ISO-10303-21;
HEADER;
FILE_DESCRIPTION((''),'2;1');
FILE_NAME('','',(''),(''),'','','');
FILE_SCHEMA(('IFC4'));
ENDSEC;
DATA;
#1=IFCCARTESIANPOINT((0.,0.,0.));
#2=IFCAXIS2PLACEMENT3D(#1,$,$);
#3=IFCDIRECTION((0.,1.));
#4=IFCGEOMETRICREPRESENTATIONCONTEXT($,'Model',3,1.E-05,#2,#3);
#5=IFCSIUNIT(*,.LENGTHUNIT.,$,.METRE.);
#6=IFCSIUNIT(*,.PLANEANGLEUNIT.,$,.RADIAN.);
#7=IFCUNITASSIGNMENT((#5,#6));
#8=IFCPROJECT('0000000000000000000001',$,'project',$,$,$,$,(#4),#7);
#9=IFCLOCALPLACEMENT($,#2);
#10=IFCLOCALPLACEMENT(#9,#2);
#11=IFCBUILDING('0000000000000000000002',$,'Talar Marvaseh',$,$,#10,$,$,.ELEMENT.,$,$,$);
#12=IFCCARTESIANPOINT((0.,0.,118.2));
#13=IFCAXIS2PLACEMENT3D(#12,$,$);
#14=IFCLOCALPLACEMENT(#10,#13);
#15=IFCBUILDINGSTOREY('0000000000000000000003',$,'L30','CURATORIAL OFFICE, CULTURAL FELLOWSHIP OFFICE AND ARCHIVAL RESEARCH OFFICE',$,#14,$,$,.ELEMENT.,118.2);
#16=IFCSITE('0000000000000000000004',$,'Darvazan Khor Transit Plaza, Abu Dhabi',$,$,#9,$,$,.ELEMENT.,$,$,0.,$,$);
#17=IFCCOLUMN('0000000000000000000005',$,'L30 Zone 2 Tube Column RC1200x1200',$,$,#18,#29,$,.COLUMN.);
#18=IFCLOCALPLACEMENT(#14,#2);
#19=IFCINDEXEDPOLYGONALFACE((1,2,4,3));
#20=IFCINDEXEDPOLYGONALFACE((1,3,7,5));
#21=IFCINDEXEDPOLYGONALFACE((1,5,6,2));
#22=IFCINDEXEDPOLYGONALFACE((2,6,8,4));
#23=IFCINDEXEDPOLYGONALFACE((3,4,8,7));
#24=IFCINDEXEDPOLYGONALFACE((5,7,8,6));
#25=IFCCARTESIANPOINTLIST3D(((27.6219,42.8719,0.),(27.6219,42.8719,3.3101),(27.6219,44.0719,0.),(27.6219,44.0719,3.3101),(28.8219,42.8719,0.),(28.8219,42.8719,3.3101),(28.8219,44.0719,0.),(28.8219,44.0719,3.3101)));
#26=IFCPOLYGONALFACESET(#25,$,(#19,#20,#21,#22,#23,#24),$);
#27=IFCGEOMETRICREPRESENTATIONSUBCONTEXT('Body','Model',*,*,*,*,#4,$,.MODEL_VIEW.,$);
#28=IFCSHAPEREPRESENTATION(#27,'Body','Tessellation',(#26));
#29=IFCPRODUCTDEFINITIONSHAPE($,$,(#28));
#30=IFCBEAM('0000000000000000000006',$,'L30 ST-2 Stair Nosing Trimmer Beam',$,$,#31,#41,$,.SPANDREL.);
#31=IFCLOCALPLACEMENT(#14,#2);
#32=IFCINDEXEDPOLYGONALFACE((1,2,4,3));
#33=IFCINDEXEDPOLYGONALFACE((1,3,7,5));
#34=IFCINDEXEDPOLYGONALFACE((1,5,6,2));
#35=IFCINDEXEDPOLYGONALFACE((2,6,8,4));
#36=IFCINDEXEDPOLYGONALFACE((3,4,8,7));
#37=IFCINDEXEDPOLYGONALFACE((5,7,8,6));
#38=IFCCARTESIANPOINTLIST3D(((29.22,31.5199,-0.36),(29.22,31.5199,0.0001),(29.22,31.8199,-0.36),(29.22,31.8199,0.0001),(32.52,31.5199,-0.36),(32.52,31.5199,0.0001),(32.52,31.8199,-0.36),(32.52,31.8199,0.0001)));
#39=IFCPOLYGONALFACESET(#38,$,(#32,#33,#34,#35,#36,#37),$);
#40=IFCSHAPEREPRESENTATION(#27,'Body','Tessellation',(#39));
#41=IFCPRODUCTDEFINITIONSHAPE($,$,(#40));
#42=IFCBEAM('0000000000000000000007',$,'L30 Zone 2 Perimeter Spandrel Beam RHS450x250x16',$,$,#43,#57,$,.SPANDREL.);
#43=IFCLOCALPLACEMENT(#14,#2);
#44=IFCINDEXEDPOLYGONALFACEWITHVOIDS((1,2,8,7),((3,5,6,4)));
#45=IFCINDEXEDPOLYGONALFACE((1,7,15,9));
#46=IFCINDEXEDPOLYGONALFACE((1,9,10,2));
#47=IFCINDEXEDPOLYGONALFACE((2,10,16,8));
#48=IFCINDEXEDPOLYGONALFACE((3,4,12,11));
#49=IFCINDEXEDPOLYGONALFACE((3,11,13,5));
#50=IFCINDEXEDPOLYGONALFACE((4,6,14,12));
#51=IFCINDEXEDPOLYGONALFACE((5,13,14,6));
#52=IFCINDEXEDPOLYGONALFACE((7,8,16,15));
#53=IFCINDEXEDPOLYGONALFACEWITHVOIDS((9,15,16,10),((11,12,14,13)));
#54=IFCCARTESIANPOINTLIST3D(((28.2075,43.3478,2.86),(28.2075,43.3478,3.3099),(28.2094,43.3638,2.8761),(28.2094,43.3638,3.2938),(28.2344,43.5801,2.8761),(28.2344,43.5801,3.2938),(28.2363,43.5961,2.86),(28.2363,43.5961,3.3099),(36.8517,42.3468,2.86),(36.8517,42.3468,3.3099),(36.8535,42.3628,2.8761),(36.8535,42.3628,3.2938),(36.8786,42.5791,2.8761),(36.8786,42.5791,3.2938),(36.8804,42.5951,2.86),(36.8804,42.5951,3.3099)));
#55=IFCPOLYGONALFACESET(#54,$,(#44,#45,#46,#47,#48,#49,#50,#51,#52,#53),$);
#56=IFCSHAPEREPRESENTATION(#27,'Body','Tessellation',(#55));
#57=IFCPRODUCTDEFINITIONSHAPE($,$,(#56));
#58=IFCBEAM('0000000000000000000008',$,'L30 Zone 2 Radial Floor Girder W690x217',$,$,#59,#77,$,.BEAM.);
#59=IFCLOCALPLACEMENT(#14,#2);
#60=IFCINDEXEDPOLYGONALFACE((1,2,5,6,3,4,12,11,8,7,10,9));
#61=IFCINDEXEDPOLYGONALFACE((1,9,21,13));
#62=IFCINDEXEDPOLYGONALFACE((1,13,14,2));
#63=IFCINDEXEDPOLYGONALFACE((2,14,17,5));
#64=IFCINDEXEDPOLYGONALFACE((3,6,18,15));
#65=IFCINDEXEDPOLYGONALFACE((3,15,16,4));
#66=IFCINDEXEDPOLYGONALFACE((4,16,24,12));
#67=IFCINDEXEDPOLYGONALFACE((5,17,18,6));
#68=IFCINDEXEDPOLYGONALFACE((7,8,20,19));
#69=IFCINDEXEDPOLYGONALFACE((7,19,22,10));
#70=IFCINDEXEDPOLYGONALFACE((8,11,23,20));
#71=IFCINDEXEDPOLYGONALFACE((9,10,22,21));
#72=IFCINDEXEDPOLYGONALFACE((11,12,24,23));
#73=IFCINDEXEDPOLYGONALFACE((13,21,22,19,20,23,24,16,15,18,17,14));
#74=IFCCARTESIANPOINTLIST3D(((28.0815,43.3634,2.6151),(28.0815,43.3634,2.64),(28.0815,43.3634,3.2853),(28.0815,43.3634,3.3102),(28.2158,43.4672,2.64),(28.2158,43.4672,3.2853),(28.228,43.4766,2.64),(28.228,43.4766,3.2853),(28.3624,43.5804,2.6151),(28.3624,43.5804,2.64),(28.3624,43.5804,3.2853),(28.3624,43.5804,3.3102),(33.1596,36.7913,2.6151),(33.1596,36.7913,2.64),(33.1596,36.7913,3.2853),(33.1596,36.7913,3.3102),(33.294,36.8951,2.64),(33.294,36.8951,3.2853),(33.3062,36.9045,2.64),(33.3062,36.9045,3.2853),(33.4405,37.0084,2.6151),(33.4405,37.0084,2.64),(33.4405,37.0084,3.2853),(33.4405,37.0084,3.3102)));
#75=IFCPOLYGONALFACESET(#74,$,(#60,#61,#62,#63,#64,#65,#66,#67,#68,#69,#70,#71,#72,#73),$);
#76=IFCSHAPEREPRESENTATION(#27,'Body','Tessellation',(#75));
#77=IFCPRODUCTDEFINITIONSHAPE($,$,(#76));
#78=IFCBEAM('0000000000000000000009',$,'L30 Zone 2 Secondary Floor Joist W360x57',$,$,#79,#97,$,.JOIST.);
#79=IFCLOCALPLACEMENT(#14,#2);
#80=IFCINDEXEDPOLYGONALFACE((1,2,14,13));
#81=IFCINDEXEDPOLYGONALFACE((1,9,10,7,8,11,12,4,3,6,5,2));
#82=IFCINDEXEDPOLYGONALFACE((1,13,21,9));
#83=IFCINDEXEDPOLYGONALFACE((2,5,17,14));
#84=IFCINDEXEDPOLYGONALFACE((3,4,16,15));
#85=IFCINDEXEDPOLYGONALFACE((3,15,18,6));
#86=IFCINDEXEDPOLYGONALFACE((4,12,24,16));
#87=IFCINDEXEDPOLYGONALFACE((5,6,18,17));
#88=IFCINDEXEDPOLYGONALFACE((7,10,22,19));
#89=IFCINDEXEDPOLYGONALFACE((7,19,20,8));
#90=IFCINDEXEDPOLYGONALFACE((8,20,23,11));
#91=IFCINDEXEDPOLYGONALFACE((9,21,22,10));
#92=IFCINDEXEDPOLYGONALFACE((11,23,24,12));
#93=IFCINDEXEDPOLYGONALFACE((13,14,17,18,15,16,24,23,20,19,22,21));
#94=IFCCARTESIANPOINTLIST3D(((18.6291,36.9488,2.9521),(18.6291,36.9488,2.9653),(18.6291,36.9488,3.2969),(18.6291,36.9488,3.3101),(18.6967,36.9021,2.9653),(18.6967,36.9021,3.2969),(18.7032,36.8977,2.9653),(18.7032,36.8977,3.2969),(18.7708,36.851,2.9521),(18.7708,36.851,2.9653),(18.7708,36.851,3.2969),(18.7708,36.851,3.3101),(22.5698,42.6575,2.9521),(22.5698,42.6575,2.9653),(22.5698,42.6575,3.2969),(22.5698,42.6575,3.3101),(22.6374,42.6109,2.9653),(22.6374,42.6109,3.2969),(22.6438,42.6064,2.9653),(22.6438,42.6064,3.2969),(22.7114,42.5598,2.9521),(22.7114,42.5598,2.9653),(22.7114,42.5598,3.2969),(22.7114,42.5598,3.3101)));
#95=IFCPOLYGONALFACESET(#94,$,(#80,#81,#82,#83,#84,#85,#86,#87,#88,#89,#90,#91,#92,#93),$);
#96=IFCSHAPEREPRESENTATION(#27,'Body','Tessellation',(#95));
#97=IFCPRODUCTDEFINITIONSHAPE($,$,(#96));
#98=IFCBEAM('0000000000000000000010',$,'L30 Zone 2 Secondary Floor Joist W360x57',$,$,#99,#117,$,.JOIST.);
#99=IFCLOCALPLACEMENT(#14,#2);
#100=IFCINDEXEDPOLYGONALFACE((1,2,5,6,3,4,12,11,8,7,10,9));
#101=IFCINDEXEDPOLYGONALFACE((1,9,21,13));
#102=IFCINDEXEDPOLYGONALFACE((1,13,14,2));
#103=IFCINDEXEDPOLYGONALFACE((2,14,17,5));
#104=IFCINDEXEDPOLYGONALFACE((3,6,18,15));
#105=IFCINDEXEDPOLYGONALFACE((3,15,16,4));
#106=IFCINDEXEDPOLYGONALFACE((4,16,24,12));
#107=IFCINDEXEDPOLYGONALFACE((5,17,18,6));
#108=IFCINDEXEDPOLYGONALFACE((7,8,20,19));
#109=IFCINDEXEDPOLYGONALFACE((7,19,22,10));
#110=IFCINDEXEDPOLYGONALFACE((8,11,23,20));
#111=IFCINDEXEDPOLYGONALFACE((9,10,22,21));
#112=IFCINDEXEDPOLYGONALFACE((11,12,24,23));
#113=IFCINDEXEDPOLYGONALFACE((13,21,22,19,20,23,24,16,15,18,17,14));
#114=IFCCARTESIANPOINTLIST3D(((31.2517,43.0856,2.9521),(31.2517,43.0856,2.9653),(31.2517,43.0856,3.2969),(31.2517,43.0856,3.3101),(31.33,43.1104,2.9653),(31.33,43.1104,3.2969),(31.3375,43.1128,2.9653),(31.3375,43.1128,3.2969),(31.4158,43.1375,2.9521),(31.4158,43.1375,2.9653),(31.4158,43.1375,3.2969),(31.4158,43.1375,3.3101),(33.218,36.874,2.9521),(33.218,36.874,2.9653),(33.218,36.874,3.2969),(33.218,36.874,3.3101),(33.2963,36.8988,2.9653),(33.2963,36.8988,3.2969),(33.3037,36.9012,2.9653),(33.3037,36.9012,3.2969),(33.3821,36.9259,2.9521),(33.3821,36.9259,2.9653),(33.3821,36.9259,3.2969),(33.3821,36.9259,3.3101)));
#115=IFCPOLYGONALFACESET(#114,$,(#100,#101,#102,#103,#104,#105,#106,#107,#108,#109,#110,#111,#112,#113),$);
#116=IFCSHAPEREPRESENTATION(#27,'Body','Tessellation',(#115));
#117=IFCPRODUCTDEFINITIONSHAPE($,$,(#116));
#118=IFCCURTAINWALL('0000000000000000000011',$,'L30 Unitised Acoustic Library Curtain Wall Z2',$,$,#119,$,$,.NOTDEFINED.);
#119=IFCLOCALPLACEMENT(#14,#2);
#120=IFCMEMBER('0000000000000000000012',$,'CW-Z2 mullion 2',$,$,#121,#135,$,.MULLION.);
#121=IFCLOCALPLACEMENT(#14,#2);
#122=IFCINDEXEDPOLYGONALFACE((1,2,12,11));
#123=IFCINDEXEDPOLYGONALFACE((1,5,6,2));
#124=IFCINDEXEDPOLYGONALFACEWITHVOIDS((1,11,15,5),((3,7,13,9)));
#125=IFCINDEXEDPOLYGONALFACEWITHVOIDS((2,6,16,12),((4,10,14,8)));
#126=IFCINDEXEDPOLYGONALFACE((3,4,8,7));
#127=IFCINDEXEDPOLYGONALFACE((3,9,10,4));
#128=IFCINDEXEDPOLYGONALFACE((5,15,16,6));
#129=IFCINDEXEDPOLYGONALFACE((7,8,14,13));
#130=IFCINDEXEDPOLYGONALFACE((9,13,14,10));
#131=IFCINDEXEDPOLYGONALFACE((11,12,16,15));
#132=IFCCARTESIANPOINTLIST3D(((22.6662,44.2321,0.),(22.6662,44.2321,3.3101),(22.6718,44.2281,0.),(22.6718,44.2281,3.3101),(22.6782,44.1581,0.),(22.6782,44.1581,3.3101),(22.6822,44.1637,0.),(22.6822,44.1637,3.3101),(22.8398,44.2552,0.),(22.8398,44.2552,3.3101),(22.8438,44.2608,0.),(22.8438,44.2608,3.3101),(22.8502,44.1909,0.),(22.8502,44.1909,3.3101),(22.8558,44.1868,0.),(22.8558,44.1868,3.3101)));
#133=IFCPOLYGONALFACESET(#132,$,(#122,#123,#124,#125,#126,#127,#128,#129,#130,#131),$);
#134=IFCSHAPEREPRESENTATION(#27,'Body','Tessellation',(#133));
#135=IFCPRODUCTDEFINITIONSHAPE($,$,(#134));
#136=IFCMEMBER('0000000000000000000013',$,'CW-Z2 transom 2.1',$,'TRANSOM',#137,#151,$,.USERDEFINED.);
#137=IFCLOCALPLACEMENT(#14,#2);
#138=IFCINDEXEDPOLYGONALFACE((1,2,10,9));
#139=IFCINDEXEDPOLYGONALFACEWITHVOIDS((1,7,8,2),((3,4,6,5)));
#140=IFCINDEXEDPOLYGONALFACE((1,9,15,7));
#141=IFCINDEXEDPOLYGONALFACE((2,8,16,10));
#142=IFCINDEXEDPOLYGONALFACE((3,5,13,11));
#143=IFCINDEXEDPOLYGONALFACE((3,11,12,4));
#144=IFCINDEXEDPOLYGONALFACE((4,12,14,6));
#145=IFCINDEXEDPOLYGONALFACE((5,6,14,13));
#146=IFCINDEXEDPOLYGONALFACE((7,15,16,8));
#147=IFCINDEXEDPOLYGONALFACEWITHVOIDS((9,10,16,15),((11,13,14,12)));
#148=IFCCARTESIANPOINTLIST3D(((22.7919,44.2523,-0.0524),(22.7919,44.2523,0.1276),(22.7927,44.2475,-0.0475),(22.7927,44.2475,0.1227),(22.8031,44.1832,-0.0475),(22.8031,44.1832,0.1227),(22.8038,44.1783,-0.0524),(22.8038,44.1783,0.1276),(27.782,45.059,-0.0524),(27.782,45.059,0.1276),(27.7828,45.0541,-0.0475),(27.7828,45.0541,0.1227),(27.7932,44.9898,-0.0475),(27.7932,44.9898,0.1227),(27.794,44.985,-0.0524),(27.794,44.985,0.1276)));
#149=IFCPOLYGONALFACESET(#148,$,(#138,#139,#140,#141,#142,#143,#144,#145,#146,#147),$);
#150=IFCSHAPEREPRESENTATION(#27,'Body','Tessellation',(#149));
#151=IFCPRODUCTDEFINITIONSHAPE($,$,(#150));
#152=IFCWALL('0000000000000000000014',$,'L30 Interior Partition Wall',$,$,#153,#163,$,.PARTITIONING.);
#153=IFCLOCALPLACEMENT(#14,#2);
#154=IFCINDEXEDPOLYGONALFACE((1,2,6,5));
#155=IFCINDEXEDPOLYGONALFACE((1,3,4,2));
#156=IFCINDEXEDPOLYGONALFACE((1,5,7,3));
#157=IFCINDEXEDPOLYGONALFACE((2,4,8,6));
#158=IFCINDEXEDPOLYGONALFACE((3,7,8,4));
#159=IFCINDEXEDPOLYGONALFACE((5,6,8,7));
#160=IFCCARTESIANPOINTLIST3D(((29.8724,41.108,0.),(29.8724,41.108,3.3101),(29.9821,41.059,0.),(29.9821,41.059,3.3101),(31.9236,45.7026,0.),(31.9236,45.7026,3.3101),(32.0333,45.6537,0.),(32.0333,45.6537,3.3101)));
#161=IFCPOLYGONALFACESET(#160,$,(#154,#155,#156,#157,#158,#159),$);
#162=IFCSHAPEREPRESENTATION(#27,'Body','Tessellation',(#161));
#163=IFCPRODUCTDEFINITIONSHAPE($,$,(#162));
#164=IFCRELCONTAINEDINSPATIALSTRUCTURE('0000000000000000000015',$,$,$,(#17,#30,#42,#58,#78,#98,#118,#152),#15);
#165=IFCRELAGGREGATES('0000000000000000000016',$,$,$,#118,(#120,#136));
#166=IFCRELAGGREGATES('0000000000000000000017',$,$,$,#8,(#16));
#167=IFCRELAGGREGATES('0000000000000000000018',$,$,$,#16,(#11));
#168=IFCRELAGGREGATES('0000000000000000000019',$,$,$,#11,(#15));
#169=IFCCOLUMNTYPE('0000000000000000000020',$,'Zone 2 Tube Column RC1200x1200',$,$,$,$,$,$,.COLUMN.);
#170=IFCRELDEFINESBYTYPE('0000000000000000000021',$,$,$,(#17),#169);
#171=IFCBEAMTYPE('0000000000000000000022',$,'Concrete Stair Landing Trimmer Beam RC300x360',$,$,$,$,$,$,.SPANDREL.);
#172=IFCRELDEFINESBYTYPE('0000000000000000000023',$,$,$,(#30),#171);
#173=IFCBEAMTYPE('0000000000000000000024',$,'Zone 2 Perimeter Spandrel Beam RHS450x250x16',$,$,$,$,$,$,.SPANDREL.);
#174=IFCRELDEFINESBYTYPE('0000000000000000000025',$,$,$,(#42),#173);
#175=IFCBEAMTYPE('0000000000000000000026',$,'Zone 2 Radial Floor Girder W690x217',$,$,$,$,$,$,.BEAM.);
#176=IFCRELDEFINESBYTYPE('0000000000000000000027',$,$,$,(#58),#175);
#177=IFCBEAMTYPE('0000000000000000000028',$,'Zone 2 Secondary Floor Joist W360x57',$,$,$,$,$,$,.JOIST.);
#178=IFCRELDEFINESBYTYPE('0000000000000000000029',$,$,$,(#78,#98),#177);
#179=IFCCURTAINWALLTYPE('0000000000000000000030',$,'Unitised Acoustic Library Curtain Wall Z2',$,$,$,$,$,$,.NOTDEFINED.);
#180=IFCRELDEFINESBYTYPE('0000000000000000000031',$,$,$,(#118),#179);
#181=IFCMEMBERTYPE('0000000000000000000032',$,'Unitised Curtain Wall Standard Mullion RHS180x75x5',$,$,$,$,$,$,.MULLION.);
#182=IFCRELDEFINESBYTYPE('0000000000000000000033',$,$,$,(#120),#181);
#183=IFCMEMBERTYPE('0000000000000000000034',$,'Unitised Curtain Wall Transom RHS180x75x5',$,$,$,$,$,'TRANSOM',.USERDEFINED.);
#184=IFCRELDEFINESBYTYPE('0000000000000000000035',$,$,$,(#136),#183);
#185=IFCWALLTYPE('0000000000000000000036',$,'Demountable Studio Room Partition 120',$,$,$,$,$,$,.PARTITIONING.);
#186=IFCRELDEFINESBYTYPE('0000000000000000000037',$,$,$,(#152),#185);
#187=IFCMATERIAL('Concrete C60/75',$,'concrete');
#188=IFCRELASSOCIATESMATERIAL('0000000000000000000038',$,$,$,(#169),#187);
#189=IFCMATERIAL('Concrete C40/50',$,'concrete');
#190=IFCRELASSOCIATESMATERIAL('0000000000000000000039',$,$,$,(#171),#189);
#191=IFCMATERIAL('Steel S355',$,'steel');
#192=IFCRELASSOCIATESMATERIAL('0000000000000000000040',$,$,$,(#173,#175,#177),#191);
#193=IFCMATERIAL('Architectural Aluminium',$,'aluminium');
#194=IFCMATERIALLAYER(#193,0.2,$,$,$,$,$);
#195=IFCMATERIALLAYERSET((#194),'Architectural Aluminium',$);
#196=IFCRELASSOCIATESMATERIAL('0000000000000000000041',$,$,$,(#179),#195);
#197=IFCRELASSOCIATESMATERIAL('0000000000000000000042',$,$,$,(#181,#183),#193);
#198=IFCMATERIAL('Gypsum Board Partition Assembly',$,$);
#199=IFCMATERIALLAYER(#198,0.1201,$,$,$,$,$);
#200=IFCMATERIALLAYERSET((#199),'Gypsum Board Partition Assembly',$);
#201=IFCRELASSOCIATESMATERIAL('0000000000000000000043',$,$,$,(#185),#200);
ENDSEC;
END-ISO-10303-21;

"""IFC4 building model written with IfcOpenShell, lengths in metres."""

from ifc_helpers import new_model, si_unit, direction, frame, frame_2d, origin, origin_2d, place, context, subcontext, project, spatial, rectangle, hollow_rectangle, i_section, extrude, source, transform, mapped, material, layer, layer_set, material_profile, profile_set, type_object, type_shapes, element, aggregate, save


model = new_model("IFC4")

# Units and contexts
model_context = context("Model", 3, precision=1e-05, world=origin(), true_north=direction((0.0, 1.0)))
body_context = subcontext(model_context, "Body", "Model", "MODEL_VIEW")
ifc_project = project(units=[si_unit("LENGTHUNIT", "METRE"), si_unit("PLANEANGLEUNIT", "RADIAN")], contexts=[model_context])

# Site, building, storey
site_placement = place(None, origin())
site = spatial("IfcSite", under=ifc_project, at=site_placement, Name="Darvazan Khor Transit Plaza, Abu Dhabi", CompositionType="ELEMENT", RefElevation=0.0)
building_placement = place(site_placement, origin())
building = spatial("IfcBuilding", under=site, at=building_placement, Name="Talar Marvaseh", CompositionType="ELEMENT")
storey_placement = place(building_placement, frame((0.0, 0.0, 118.2)))
storey = spatial("IfcBuildingStorey", under=building, at=storey_placement, Name="L30", Description="CURATORIAL OFFICE, CULTURAL FELLOWSHIP OFFICE AND ARCHIVAL RESEARCH OFFICE", CompositionType="ELEMENT", Elevation=118.2)

# Column
ifc_material_1 = material(Name="Concrete C60/75", Category="concrete")
ifc_material_profile_1 = material_profile(ifc_material_1, rectangle(XDim=1.2, YDim=1.2, at=origin_2d()), Name="RC1200x1200")
ifc_profile_set_1 = profile_set([ifc_material_profile_1], Name="Concrete C60/75")
column_type = type_object("IfcColumnType", Name="Zone 2 Tube Column RC1200x1200", PredefinedType="COLUMN", material=ifc_profile_set_1)
column_placement = place(storey_placement, frame((28.2219, 43.4719, 0.0), z_axis=(0.0, 0.0, 1.0), x_axis=(1.0, 0.0, 0.0)))
element("IfcColumn", 1, at=column_placement, inside=storey, type_object=column_type, Name="L30 Zone 2 Tube Column RC1200x1200", PredefinedType="COLUMN", context=body_context, shape_type="SweptSolid", body=[
    extrude(rectangle(XDim=1.2, YDim=1.2, at=origin_2d()), origin(), (0.0, 0.0, 1.0), 3.3101),
])

# Beams
ifc_material_2 = material(Name="Concrete C40/50", Category="concrete")
ifc_material_profile_2 = material_profile(ifc_material_2, rectangle(XDim=0.3, YDim=0.3601, at=origin_2d()), Name="RC300x360")
ifc_profile_set_2 = profile_set([ifc_material_profile_2], Name="Concrete C40/50")
beam_type_1 = type_object("IfcBeamType", Name="Concrete Stair Landing Trimmer Beam RC300x360", PredefinedType="SPANDREL", material=ifc_profile_set_2)
beam_1_placement = place(storey_placement, frame((29.22, 31.6699, -0.1799), z_axis=(1.0, 0.0, 0.0), x_axis=(0.0, 1.0, 0.0)))
element("IfcBeam", 2, at=beam_1_placement, inside=storey, type_object=beam_type_1, Name="L30 ST-2 Stair Nosing Trimmer Beam", PredefinedType="SPANDREL", context=body_context, shape_type="SweptSolid", body=[
    extrude(rectangle(XDim=0.3, YDim=0.3601, at=origin_2d()), origin(), (0.0, 0.0, 1.0), 3.3),
])
ifc_material_3 = material(Name="Steel S355", Category="steel")
ifc_material_profile_3 = material_profile(ifc_material_3, hollow_rectangle(XDim=0.25, YDim=0.45, WallThickness=0.0161, at=origin_2d()), Name="RHS450x250x16")
ifc_profile_set_3 = profile_set([ifc_material_profile_3], Name="Steel S355")
beam_type_2 = type_object("IfcBeamType", Name="Zone 2 Perimeter Spandrel Beam RHS450x250x16", PredefinedType="SPANDREL", material=ifc_profile_set_3)
beam_2_placement = place(storey_placement, frame((28.2219, 43.4719, 3.085), z_axis=(0.993362, -0.115031, 0.0), x_axis=(0.115031, 0.993362, 0.0)))
element("IfcBeam", 3, at=beam_2_placement, inside=storey, type_object=beam_type_2, Name="L30 Zone 2 Perimeter Spandrel Beam RHS450x250x16", PredefinedType="SPANDREL", context=body_context, shape_type="SweptSolid", body=[
    extrude(hollow_rectangle(XDim=0.25, YDim=0.45, WallThickness=0.0161, at=origin_2d()), origin(), (0.0, 0.0, 1.0), 8.7019),
])
ifc_material_profile_4 = material_profile(ifc_material_3, i_section(OverallWidth=0.355, OverallDepth=0.6951, WebThickness=0.0154, FlangeThickness=0.0249, at=origin_2d()), Name="W690x217")
ifc_profile_set_4 = profile_set([ifc_material_profile_4], Name="Steel S355")
beam_type_3 = type_object("IfcBeamType", Name="Zone 2 Radial Floor Girder W690x217", PredefinedType="BEAM", material=ifc_profile_set_4)
beam_3_placement = place(storey_placement, frame((28.2219, 43.4719, 2.9626), z_axis=(0.611428, -0.7913, 0.0), x_axis=(0.7913, 0.611428, 0.0)))
element("IfcBeam", 4, at=beam_3_placement, inside=storey, type_object=beam_type_3, Name="L30 Zone 2 Radial Floor Girder W690x217", PredefinedType="BEAM", context=body_context, shape_type="SweptSolid", body=[
    extrude(i_section(OverallWidth=0.355, OverallDepth=0.6951, WebThickness=0.0154, FlangeThickness=0.0249, at=origin_2d()), origin(), (0.0, 0.0, 1.0), 8.3054),
])
ifc_material_profile_5 = material_profile(ifc_material_3, i_section(OverallWidth=0.1721, OverallDepth=0.3579, WebThickness=0.0078, FlangeThickness=0.0132, at=origin_2d()), Name="W360x57")
ifc_profile_set_5 = profile_set([ifc_material_profile_5], Name="Steel S355")
beam_type_4 = type_object("IfcBeamType", Name="Zone 2 Secondary Floor Joist W360x57", PredefinedType="JOIST", material=ifc_profile_set_5)
beam_4_placement = place(storey_placement, frame((22.6406, 42.6086, 3.1311), z_axis=(-0.568086, -0.822969, 0.0), x_axis=(0.822969, -0.568086, 0.0)))
element("IfcBeam", 5, at=beam_4_placement, inside=storey, type_object=beam_type_4, Name="L30 Zone 2 Secondary Floor Joist W360x57", PredefinedType="JOIST", context=body_context, shape_type="SweptSolid", body=[
    extrude(i_section(OverallWidth=0.1721, OverallDepth=0.3579, WebThickness=0.0078, FlangeThickness=0.0132, at=origin_2d()), origin(), (0.0, 0.0, 1.0), 6.9368),
])
beam_5_placement = place(storey_placement, frame((31.3337, 43.1116, 3.1311), z_axis=(0.301791, -0.953374, 0.0), x_axis=(0.953374, 0.301791, 0.0)))
element("IfcBeam", 6, at=beam_5_placement, inside=storey, type_object=beam_type_4, Name="L30 Zone 2 Secondary Floor Joist W360x57", PredefinedType="JOIST", context=body_context, shape_type="SweptSolid", body=[
    extrude(i_section(OverallWidth=0.1721, OverallDepth=0.3579, WebThickness=0.0078, FlangeThickness=0.0132, at=origin_2d()), origin(), (0.0, 0.0, 1.0), 6.5154),
])

# Curtain wall, members
ifc_material_4 = material(Name="Architectural Aluminium", Category="aluminium")
ifc_layer_1 = layer(ifc_material_4, 0.2)
ifc_layer_set_1 = layer_set([ifc_layer_1], Name="Architectural Aluminium")
curtain_wall_type = type_object("IfcCurtainWallType", Name="Unitised Acoustic Library Curtain Wall Z2", PredefinedType="NOTDEFINED", material=ifc_layer_set_1)
curtain_wall_placement = place(storey_placement, origin())
curtain_wall = element("IfcCurtainWall", 7, at=curtain_wall_placement, inside=storey, type_object=curtain_wall_type, Name="L30 Unitised Acoustic Library Curtain Wall Z2", PredefinedType="NOTDEFINED")
ifc_material_profile_6 = material_profile(ifc_material_4, hollow_rectangle(XDim=0.075, YDim=0.1799, WallThickness=0.0049, at=origin_2d()), Name="RHS180x75x5")
ifc_profile_set_6 = profile_set([ifc_material_profile_6], Name="Architectural Aluminium")
member_type_1 = type_object("IfcMemberType", Name="Unitised Curtain Wall Standard Mullion RHS180x75x5", PredefinedType="MULLION", material=ifc_profile_set_6)
shared_shape_1 = source(origin(), body_context, "Body", "SweptSolid", [
    extrude(hollow_rectangle(XDim=0.075, YDim=0.1799, WallThickness=0.0049, at=origin_2d()), origin(), (0.0, 0.0, 1.0), 3.3101),
])
type_shapes(member_type_1, [shared_shape_1])
member_1_placement = place(storey_placement, frame((22.761, 44.2095, 0.0), z_axis=(0.0, 0.0, 1.0), x_axis=(-0.15957, 0.987187, 0.0)))
member_1 = element("IfcMember", 8, at=member_1_placement, type_object=member_type_1, Name="CW-Z2 mullion 2", PredefinedType="MULLION", context=body_context, shape_type="MappedRepresentation", body=[
    mapped(shared_shape_1, transform((0.0, 0.0, 0.0), x_axis=(1.0, 0.0, 0.0), y_axis=(0.0, 1.0, 0.0), z_axis=(0.0, 0.0, 1.0), scale=1.0)),
])
ifc_material_profile_7 = material_profile(ifc_material_4, hollow_rectangle(XDim=0.075, YDim=0.1799, WallThickness=0.0049, at=origin_2d()), Name="RHS180x75x5")
ifc_profile_set_7 = profile_set([ifc_material_profile_7], Name="Architectural Aluminium")
member_type_2 = type_object("IfcMemberType", Name="Unitised Curtain Wall Transom RHS180x75x5", ElementType="TRANSOM", PredefinedType="USERDEFINED", material=ifc_profile_set_7)
shared_shape_2 = source(origin(), body_context, "Body", "SweptSolid", [
    extrude(hollow_rectangle(XDim=0.075, YDim=0.1799, WallThickness=0.0049, at=origin_2d()), origin(), (0.0, 0.0, 1.0), 5.0549),
])
type_shapes(member_type_2, [shared_shape_2])
member_2_placement = place(storey_placement, frame((22.7979, 44.2153, 0.0376), z_axis=(0.987186, 0.159573, 0.0), x_axis=(-0.159573, 0.987186, 0.0)))
member_2 = element("IfcMember", 9, at=member_2_placement, type_object=member_type_2, Name="CW-Z2 transom 2.1", ObjectType="TRANSOM", PredefinedType="USERDEFINED", context=body_context, shape_type="MappedRepresentation", body=[
    mapped(shared_shape_2, transform((0.0, 0.0, 0.0), x_axis=(1.0, 0.0, 0.0), y_axis=(0.0, 1.0, 0.0), z_axis=(0.0, 0.0, 1.0), scale=1.0)),
])
aggregate(curtain_wall, [member_1, member_2])

# Wall
ifc_material_5 = material(Name="Gypsum Board Partition Assembly")
ifc_layer_2 = layer(ifc_material_5, 0.1201)
ifc_layer_set_2 = layer_set([ifc_layer_2], Name="Gypsum Board Partition Assembly")
wall_type_1 = type_object("IfcWallType", Name="Demountable Studio Room Partition 120", PredefinedType="PARTITIONING", material=ifc_layer_set_2)
wall_1_placement = place(storey_placement, frame((29.9272, 41.0835, 0.0), z_axis=(0.0, 0.0, 1.0), x_axis=(0.40766, 0.913134, 0.0)))
element("IfcWall", 10, at=wall_1_placement, inside=storey, type_object=wall_type_1, Name="L30 Interior Partition Wall", PredefinedType="PARTITIONING", context=body_context, shape_type="SweptSolid", body=[
    extrude(rectangle(XDim=5.0317, YDim=0.1201, at=frame_2d((2.5159, 0.0))), origin(), (0.0, 0.0, 1.0), 3.3101),
])

save(model, "model.ifc")
